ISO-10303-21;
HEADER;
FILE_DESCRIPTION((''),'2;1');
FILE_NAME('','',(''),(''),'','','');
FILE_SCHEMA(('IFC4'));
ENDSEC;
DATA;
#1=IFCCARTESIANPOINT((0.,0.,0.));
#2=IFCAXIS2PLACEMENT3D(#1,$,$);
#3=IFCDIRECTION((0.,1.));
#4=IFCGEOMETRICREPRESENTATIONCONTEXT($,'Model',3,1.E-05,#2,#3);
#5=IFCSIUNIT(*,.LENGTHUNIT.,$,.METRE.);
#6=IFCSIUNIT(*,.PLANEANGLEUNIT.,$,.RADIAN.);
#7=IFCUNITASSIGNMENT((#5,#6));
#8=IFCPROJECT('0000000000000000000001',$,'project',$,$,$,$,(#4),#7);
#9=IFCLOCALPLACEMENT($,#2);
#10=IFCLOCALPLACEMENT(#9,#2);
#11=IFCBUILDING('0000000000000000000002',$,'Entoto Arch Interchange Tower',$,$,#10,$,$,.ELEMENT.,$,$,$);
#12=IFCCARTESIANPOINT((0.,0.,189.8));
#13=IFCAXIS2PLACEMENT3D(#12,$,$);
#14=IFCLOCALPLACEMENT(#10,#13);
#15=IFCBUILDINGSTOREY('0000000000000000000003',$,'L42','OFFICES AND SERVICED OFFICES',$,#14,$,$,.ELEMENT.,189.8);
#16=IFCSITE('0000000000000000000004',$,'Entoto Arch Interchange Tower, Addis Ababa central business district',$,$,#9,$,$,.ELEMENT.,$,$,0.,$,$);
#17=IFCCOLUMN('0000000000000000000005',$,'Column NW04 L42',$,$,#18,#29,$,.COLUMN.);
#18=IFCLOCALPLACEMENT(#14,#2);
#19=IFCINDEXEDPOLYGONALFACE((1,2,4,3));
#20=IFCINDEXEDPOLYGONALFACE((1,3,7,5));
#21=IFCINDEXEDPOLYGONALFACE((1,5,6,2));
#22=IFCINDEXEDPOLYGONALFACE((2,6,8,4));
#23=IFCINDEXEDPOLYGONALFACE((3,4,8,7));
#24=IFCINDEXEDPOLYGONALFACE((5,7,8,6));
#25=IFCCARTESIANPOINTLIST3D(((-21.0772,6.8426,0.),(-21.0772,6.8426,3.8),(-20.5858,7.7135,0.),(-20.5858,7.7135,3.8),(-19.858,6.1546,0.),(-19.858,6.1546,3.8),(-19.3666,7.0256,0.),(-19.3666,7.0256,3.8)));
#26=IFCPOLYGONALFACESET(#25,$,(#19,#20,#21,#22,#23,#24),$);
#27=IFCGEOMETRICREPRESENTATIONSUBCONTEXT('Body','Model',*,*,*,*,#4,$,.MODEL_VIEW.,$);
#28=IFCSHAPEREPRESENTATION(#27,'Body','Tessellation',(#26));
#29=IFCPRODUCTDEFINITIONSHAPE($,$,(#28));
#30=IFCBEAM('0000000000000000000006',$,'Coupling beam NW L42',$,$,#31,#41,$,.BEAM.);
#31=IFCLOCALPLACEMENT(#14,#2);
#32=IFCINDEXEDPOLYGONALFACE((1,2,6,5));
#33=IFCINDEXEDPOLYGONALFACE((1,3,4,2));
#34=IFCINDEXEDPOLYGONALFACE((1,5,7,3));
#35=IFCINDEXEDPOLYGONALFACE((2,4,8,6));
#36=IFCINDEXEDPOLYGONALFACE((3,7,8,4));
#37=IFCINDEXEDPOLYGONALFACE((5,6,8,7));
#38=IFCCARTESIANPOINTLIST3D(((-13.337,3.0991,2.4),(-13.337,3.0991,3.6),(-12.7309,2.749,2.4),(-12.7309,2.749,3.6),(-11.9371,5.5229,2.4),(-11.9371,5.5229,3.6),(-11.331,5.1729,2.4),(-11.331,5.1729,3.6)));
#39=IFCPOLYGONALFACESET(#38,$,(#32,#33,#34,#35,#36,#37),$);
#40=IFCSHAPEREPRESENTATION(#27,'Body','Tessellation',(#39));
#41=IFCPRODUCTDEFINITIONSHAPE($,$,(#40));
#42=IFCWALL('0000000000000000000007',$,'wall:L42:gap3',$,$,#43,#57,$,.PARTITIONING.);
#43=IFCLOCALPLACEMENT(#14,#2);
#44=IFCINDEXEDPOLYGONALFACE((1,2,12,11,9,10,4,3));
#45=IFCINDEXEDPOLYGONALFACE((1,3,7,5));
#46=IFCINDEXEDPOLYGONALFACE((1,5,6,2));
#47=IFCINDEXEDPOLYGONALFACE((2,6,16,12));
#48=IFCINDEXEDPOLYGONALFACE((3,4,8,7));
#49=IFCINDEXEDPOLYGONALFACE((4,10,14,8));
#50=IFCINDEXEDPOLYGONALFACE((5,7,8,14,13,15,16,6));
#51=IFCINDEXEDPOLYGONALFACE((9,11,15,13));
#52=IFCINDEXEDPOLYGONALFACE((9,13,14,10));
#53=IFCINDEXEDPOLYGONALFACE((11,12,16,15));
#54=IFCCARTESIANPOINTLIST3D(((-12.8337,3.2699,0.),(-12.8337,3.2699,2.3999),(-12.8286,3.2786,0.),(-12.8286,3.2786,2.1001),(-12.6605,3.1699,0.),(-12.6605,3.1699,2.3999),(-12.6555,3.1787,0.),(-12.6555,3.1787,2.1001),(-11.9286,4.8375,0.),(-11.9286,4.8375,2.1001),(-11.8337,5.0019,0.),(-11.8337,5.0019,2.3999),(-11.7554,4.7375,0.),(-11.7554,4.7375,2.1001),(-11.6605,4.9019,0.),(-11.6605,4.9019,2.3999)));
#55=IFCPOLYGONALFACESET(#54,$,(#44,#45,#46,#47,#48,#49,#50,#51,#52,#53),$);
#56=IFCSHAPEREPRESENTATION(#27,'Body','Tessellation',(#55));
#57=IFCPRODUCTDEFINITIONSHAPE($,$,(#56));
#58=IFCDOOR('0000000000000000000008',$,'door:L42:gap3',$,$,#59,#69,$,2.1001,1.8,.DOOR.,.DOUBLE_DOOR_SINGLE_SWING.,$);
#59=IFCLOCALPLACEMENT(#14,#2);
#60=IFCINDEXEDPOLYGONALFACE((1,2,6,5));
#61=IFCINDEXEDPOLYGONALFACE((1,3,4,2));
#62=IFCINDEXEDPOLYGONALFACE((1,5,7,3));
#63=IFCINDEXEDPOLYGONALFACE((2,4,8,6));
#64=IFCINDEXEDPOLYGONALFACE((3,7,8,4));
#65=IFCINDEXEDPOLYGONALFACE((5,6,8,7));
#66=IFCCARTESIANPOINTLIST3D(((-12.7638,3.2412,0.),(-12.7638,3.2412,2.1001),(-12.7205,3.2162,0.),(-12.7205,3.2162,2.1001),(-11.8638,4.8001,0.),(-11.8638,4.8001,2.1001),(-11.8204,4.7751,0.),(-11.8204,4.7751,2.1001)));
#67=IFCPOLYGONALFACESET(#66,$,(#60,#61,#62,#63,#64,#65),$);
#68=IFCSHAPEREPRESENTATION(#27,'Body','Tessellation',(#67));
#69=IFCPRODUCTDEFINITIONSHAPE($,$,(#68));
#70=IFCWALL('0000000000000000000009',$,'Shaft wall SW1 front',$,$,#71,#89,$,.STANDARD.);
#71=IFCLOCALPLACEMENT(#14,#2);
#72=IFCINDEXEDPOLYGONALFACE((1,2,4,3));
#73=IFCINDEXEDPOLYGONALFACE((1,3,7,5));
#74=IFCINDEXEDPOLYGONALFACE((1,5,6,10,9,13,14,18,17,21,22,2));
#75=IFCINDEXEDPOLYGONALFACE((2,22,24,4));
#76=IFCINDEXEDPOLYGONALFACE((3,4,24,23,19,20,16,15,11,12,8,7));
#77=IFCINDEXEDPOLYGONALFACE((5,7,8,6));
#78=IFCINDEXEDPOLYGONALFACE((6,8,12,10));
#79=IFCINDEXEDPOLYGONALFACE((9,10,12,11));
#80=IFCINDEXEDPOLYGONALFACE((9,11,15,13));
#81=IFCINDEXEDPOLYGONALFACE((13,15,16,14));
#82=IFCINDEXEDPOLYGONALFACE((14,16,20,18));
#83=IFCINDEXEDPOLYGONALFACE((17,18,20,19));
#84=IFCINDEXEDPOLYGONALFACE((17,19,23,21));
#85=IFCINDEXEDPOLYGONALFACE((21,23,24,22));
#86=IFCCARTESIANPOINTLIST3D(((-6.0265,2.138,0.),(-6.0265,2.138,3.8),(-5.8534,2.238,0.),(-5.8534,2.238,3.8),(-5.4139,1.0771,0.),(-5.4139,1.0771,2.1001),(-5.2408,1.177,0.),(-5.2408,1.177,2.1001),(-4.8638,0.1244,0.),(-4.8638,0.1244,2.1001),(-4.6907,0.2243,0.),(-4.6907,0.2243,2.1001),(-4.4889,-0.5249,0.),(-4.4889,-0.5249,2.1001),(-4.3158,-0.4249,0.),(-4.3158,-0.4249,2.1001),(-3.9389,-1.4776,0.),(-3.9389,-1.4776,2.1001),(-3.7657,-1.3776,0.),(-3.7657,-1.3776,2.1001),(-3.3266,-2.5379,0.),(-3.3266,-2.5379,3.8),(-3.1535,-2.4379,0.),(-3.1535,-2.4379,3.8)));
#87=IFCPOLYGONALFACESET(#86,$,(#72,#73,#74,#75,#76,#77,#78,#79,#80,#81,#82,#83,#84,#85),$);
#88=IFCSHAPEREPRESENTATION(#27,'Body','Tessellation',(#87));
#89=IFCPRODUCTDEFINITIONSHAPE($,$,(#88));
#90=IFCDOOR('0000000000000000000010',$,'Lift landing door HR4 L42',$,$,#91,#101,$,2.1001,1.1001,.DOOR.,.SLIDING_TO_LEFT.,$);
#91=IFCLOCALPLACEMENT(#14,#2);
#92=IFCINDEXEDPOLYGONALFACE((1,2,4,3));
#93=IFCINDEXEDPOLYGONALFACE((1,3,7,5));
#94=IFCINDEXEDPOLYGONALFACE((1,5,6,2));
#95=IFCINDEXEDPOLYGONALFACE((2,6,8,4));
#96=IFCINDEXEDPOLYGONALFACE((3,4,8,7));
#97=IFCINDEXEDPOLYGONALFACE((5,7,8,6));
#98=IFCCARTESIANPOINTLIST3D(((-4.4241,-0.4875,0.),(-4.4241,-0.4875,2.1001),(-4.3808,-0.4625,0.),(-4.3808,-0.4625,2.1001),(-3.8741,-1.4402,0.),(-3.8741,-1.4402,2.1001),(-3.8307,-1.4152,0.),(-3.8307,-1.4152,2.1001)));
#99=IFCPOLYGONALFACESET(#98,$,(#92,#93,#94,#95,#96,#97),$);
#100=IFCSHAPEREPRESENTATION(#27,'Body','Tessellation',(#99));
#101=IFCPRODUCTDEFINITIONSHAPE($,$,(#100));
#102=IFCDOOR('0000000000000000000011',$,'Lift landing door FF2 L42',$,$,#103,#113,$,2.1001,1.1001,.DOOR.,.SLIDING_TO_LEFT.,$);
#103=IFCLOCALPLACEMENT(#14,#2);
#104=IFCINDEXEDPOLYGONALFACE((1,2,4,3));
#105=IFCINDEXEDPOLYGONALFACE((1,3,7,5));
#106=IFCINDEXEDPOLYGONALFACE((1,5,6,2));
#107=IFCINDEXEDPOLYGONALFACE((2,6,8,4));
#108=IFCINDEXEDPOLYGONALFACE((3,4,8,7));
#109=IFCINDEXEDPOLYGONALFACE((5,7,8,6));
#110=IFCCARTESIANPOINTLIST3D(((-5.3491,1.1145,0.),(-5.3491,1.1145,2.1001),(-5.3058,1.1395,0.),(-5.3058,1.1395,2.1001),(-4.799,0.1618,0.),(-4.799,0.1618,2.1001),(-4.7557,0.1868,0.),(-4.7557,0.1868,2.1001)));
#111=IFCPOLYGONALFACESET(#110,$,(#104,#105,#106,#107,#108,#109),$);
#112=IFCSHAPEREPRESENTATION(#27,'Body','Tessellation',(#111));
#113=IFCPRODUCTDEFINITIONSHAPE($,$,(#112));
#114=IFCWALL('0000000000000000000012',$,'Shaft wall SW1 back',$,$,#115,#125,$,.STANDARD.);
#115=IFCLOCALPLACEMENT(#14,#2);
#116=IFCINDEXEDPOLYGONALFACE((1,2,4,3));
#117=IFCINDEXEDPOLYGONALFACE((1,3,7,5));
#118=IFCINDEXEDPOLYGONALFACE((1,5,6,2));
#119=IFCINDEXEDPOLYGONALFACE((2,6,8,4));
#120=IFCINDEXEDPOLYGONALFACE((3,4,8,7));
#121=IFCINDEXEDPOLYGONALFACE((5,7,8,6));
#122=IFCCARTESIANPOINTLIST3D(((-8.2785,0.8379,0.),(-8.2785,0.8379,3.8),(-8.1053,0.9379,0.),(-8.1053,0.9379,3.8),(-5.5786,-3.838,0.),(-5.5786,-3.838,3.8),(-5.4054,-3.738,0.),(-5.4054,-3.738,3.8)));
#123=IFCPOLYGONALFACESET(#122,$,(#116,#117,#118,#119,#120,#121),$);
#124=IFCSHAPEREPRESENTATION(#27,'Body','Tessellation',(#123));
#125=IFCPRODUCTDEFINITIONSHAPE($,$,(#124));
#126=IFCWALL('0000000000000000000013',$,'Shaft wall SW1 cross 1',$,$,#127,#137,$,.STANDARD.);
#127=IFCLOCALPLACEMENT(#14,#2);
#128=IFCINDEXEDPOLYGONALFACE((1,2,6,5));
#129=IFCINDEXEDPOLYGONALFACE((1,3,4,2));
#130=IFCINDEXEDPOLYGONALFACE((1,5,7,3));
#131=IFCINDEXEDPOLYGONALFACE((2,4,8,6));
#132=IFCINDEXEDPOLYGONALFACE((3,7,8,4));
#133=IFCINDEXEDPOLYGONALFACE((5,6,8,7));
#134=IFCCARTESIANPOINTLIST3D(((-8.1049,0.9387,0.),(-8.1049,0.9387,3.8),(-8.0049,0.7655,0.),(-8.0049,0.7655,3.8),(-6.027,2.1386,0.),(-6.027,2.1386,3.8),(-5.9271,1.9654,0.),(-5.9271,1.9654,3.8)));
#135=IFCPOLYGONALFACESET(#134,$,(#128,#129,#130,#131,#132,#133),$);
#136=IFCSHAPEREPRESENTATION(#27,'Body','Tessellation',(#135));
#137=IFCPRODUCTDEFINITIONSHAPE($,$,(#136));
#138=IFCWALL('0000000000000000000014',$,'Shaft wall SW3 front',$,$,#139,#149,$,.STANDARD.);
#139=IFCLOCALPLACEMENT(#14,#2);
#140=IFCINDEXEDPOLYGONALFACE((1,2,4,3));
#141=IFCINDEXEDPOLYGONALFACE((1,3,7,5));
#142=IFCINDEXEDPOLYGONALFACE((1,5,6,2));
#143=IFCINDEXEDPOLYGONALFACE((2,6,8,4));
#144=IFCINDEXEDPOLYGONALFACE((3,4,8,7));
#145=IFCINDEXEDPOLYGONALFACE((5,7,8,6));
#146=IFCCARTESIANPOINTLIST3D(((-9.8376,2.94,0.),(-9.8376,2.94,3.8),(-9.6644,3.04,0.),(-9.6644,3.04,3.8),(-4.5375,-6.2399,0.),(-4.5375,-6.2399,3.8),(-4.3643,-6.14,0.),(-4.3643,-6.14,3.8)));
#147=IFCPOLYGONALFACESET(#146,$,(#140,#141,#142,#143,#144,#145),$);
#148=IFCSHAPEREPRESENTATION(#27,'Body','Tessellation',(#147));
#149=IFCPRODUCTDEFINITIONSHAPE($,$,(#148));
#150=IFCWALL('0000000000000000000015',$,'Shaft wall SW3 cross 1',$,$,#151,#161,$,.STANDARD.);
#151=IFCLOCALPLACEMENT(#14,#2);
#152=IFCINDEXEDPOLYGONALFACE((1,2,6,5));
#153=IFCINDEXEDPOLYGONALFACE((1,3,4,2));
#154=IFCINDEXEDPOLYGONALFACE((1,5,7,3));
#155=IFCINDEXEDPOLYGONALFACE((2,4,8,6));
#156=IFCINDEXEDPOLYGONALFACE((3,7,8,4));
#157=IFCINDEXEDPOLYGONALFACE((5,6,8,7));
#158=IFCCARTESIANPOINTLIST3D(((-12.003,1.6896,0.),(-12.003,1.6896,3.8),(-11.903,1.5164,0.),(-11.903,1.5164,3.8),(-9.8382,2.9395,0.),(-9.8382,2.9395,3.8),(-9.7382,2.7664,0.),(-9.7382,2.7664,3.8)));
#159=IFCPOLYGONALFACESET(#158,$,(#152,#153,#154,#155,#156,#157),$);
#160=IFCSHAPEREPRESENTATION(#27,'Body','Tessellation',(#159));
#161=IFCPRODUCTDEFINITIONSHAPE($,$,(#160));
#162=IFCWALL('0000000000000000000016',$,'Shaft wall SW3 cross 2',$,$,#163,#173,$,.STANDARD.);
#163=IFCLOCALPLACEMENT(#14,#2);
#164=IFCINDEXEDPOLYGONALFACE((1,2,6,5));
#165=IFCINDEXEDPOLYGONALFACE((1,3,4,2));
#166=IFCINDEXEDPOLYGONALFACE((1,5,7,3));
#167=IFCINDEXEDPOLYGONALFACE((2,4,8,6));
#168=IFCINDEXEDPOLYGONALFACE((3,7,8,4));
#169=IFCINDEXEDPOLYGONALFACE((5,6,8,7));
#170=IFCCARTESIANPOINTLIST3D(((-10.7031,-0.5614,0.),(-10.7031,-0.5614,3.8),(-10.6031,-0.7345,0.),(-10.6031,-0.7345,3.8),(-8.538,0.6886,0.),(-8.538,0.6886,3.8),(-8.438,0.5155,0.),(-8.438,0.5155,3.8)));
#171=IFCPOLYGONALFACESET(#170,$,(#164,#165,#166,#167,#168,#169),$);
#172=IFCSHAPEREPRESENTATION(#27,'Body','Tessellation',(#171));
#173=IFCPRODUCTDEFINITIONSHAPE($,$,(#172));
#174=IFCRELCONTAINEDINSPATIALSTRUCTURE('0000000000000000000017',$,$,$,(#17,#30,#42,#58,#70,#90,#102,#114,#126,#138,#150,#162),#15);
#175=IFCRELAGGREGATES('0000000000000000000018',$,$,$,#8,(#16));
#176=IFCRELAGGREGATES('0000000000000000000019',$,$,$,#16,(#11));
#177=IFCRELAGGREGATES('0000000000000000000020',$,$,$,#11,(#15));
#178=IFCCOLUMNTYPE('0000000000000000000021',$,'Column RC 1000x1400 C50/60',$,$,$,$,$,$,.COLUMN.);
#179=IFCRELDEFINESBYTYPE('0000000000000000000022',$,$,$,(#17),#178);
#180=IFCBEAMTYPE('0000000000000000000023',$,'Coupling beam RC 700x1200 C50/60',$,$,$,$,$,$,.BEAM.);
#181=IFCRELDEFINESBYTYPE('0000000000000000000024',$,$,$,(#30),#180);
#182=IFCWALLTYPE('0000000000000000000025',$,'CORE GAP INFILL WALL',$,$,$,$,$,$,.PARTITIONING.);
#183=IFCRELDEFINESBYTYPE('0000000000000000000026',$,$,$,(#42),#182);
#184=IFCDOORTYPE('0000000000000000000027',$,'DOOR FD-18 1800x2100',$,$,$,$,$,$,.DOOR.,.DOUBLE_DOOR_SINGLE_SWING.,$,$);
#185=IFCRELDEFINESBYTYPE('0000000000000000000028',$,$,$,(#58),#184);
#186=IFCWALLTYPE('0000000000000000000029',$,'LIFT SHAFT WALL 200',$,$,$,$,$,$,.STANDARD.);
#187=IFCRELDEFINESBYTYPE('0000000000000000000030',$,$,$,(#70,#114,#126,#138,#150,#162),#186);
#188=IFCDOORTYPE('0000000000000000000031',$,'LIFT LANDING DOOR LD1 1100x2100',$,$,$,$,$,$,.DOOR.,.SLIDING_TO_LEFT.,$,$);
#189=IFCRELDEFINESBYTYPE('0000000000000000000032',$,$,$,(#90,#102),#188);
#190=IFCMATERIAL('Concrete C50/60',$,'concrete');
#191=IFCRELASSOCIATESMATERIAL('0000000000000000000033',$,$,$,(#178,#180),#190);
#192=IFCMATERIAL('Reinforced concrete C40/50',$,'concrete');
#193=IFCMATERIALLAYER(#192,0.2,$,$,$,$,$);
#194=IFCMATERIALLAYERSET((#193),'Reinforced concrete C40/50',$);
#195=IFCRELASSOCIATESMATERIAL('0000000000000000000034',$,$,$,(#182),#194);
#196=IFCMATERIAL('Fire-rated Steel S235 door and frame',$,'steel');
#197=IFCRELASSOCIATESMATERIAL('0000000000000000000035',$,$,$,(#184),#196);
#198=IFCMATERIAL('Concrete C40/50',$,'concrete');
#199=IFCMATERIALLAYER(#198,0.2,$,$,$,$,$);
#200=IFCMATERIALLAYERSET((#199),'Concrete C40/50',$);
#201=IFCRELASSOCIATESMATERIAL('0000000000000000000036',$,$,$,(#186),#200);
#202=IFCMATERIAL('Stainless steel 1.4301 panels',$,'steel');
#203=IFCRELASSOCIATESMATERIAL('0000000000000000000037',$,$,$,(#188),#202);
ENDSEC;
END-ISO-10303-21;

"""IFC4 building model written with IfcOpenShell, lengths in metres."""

from ifc_helpers import new_model, si_unit, direction, frame, frame_2d, origin, origin_2d, place, context, subcontext, project, spatial, rectangle, extrude, material, layer, layer_set, material_profile, profile_set, type_object, element, fill, save


model = new_model("IFC4")

# Units and contexts
model_context = context("Model", 3, precision=1e-05, world=origin(), true_north=direction((0.0, 1.0)))
body_context = subcontext(model_context, "Body", "Model", "MODEL_VIEW")
ifc_project = project(units=[si_unit("LENGTHUNIT", "METRE"), si_unit("PLANEANGLEUNIT", "RADIAN")], contexts=[model_context])

# Site, building, storey
site_placement = place(None, origin())
site = spatial("IfcSite", under=ifc_project, at=site_placement, Name="Entoto Arch Interchange Tower, Addis Ababa central business district", CompositionType="ELEMENT", RefElevation=0.0)
building_placement = place(site_placement, origin())
building = spatial("IfcBuilding", under=site, at=building_placement, Name="Entoto Arch Interchange Tower", CompositionType="ELEMENT")
storey_placement = place(building_placement, frame((0.0, 0.0, 189.8)))
storey = spatial("IfcBuildingStorey", under=building, at=storey_placement, Name="L42", Description="OFFICES AND SERVICED OFFICES", CompositionType="ELEMENT", Elevation=189.8)

# Column
ifc_material_1 = material(Name="Concrete C50/60", Category="concrete")
ifc_material_profile_1 = material_profile(ifc_material_1, rectangle(XDim=1.0, YDim=1.3999, at=origin_2d()))
ifc_profile_set_1 = profile_set([ifc_material_profile_1], Name="Concrete C50/60")
column_type = type_object("IfcColumnType", Name="Column RC 1000x1400 C50/60", PredefinedType="COLUMN", material=ifc_profile_set_1)
column_placement = place(storey_placement, frame((-20.2219, 6.9341, 0.0), z_axis=(0.0, 0.0, 1.0), x_axis=(0.491436, 0.870914, 0.0)))
element("IfcColumn", 1, at=column_placement, inside=storey, type_object=column_type, Name="Column NW04 L42", PredefinedType="COLUMN", context=body_context, shape_type="SweptSolid", body=[
    extrude(rectangle(XDim=1.0, YDim=1.3999, at=origin_2d()), origin(), (0.0, 0.0, 1.0), 3.8),
])

# Beam
ifc_material_profile_2 = material_profile(ifc_material_1, rectangle(XDim=0.7, YDim=1.2, at=origin_2d()))
ifc_profile_set_2 = profile_set([ifc_material_profile_2], Name="Concrete C50/60")
beam_type = type_object("IfcBeamType", Name="Coupling beam RC 700x1200 C50/60", PredefinedType="BEAM", material=ifc_profile_set_2)
beam_placement = place(storey_placement, frame((-11.634, 5.3479, 3.0), z_axis=(-0.500135, -0.865947, 0.0), x_axis=(0.865947, -0.500135, 0.0)))
element("IfcBeam", 2, at=beam_placement, inside=storey, type_object=beam_type, Name="Coupling beam NW L42", PredefinedType="BEAM", context=body_context, shape_type="SweptSolid", body=[
    extrude(rectangle(XDim=0.7, YDim=1.2, at=origin_2d()), origin(), (0.0, 0.0, 1.0), 2.7991),
])

# Wall, opening, door
ifc_material_2 = material(Name="Reinforced concrete C40/50", Category="concrete")
ifc_layer_1 = layer(ifc_material_2, 0.2)
ifc_layer_set_1 = layer_set([ifc_layer_1], Name="Reinforced concrete C40/50")
wall_type_1 = type_object("IfcWallType", Name="CORE GAP INFILL WALL", PredefinedType="PARTITIONING", material=ifc_layer_set_1)
wall_1_placement = place(storey_placement, frame((-11.7471, 4.9519, 0.0), z_axis=(0.0, 0.0, 1.0), x_axis=(-0.500025, -0.866011, 0.0)))
wall_1 = element("IfcWall", 3, at=wall_1_placement, inside=storey, type_object=wall_type_1, Name="wall:L42:gap3", PredefinedType="PARTITIONING", context=body_context, shape_type="SweptSolid", body=[
    extrude(rectangle(XDim=2.0, YDim=0.2, at=frame_2d((1.0, 0.0))), origin(), (0.0, 0.0, 1.0), 2.3999),
])
opening_1_placement = place(wall_1_placement, frame((0.1899, 0.0, 0.0)))
opening_1 = element("IfcOpeningElement", 4, at=opening_1_placement, cuts=wall_1, PredefinedType="OPENING", context=body_context, shape_type="SweptSolid", body=[
    extrude(rectangle(XDim=1.8, YDim=2.1001, at=frame_2d((0.8999, 1.05))), frame((0.0, 0.1099, 0.0), z_axis=(0.0, -1.0, 0.0), x_axis=(1.0, 0.0, 0.0)), (0.0, 0.0, 1.0), 0.22),
])
ifc_material_3 = material(Name="Fire-rated Steel S235 door and frame", Category="steel")
door_type_1 = type_object("IfcDoorType", Name="DOOR FD-18 1800x2100", OperationType="DOUBLE_DOOR_SINGLE_SWING", PredefinedType="DOOR", material=ifc_material_3)
door_1_placement = place(opening_1_placement, origin())
door_1 = element("IfcDoor", 5, at=door_1_placement, inside=storey, type_object=door_type_1, Name="door:L42:gap3", OperationType="DOUBLE_DOOR_SINGLE_SWING", OverallHeight=2.1001, OverallWidth=1.8, PredefinedType="DOOR", context=body_context, shape_type="SweptSolid", body=[
    extrude(rectangle(XDim=1.8, YDim=2.1001, at=frame_2d((0.8999, 1.05))), frame((0.0, 0.0249, 0.0), z_axis=(0.0, -1.0, 0.0), x_axis=(1.0, 0.0, 0.0)), (0.0, 0.0, 1.0), 0.05),
])
fill(opening_1, door_1)

# Wall, openings, doors
ifc_material_4 = material(Name="Concrete C40/50", Category="concrete")
ifc_layer_2 = layer(ifc_material_4, 0.2)
ifc_layer_set_2 = layer_set([ifc_layer_2], Name="Concrete C40/50")
wall_type_2 = type_object("IfcWallType", Name="LIFT SHAFT WALL 200", PredefinedType="STANDARD", material=ifc_layer_set_2)
wall_2_placement = place(storey_placement, frame((-5.9399, 2.188, 0.0), z_axis=(0.0, 0.0, 1.0), x_axis=(0.500034, -0.866006, 0.0)))
wall_2 = element("IfcWall", 6, at=wall_2_placement, inside=storey, type_object=wall_type_2, Name="Shaft wall SW1 front", PredefinedType="STANDARD", context=body_context, shape_type="SweptSolid", body=[
    extrude(rectangle(XDim=5.3994, YDim=0.2, at=frame_2d((2.6997, 0.0))), origin(), (0.0, 0.0, 1.0), 3.8),
])
opening_2_placement = place(wall_2_placement, frame((3.075, 0.0, 0.0)))
opening_2 = element("IfcOpeningElement", 7, at=opening_2_placement, cuts=wall_2, PredefinedType="OPENING", context=body_context, shape_type="SweptSolid", body=[
    extrude(rectangle(XDim=1.1001, YDim=2.1001, at=frame_2d((0.55, 1.05))), frame((0.0, 0.1099, 0.0), z_axis=(0.0, -1.0, 0.0), x_axis=(1.0, 0.0, 0.0)), (0.0, 0.0, 1.0), 0.22),
])
opening_3_placement = place(wall_2_placement, frame((1.2251, 0.0, 0.0)))
opening_3 = element("IfcOpeningElement", 8, at=opening_3_placement, cuts=wall_2, PredefinedType="OPENING", context=body_context, shape_type="SweptSolid", body=[
    extrude(rectangle(XDim=1.1001, YDim=2.1001, at=frame_2d((0.55, 1.05))), frame((0.0, 0.1099, 0.0), z_axis=(0.0, -1.0, 0.0), x_axis=(1.0, 0.0, 0.0)), (0.0, 0.0, 1.0), 0.22),
])
ifc_material_5 = material(Name="Stainless steel 1.4301 panels", Category="steel")
door_type_2 = type_object("IfcDoorType", Name="LIFT LANDING DOOR LD1 1100x2100", OperationType="SLIDING_TO_LEFT", PredefinedType="DOOR", material=ifc_material_5)
door_2_placement = place(opening_2_placement, origin())
door_2 = element("IfcDoor", 9, at=door_2_placement, inside=storey, type_object=door_type_2, Name="Lift landing door HR4 L42", OperationType="SLIDING_TO_LEFT", OverallHeight=2.1001, OverallWidth=1.1001, PredefinedType="DOOR", context=body_context, shape_type="SweptSolid", body=[
    extrude(rectangle(XDim=1.1001, YDim=2.1001, at=frame_2d((0.55, 1.05))), frame((0.0, 0.0249, 0.0), z_axis=(0.0, -1.0, 0.0), x_axis=(1.0, 0.0, 0.0)), (0.0, 0.0, 1.0), 0.05),
])
fill(opening_2, door_2)
door_3_placement = place(opening_3_placement, origin())
door_3 = element("IfcDoor", 10, at=door_3_placement, inside=storey, type_object=door_type_2, Name="Lift landing door FF2 L42", OperationType="SLIDING_TO_LEFT", OverallHeight=2.1001, OverallWidth=1.1001, PredefinedType="DOOR", context=body_context, shape_type="SweptSolid", body=[
    extrude(rectangle(XDim=1.1001, YDim=2.1001, at=frame_2d((0.55, 1.05))), frame((0.0, 0.0249, 0.0), z_axis=(0.0, -1.0, 0.0), x_axis=(1.0, 0.0, 0.0)), (0.0, 0.0, 1.0), 0.05),
])
fill(opening_3, door_3)

# Walls
wall_3_placement = place(storey_placement, frame((-8.1919, 0.8879, 0.0), z_axis=(0.0, 0.0, 1.0), x_axis=(0.500034, -0.866006, 0.0)))
element("IfcWall", 11, at=wall_3_placement, inside=storey, type_object=wall_type_2, Name="Shaft wall SW1 back", PredefinedType="STANDARD", context=body_context, shape_type="SweptSolid", body=[
    extrude(rectangle(XDim=5.3994, YDim=0.2, at=frame_2d((2.6997, 0.0))), origin(), (0.0, 0.0, 1.0), 3.8),
])
wall_4_placement = place(storey_placement, frame((-5.9771, 2.052, 0.0), z_axis=(0.0, 0.0, 1.0), x_axis=(-0.865974, -0.500089, 0.0)))
element("IfcWall", 12, at=wall_4_placement, inside=storey, type_object=wall_type_2, Name="Shaft wall SW1 cross 1", PredefinedType="STANDARD", context=body_context, shape_type="SweptSolid", body=[
    extrude(rectangle(XDim=2.3994, YDim=0.2, at=frame_2d((1.1997, 0.0))), origin(), (0.0, 0.0, 1.0), 3.8),
])
wall_5_placement = place(storey_placement, frame((-9.751, 2.99, 0.0), z_axis=(0.0, 0.0, 1.0), x_axis=(0.500001, -0.866025, 0.0)))
element("IfcWall", 13, at=wall_5_placement, inside=storey, type_object=wall_type_2, Name="Shaft wall SW3 front", PredefinedType="STANDARD", context=body_context, shape_type="SweptSolid", body=[
    extrude(rectangle(XDim=10.6001, YDim=0.2, at=frame_2d((5.3, 0.0))), origin(), (0.0, 0.0, 1.0), 3.8),
])
wall_6_placement = place(storey_placement, frame((-9.7881, 2.853, 0.0), z_axis=(0.0, 0.0, 1.0), x_axis=(-0.865999, -0.500047, 0.0)))
element("IfcWall", 14, at=wall_6_placement, inside=storey, type_object=wall_type_2, Name="Shaft wall SW3 cross 1", PredefinedType="STANDARD", context=body_context, shape_type="SweptSolid", body=[
    extrude(rectangle(XDim=2.4998, YDim=0.2, at=frame_2d((1.25, 0.0))), origin(), (0.0, 0.0, 1.0), 3.8),
])
wall_7_placement = place(storey_placement, frame((-8.488, 0.6021, 0.0), z_axis=(0.0, 0.0, 1.0), x_axis=(-0.866023, -0.500004, 0.0)))
element("IfcWall", 15, at=wall_7_placement, inside=storey, type_object=wall_type_2, Name="Shaft wall SW3 cross 2", PredefinedType="STANDARD", context=body_context, shape_type="SweptSolid", body=[
    extrude(rectangle(XDim=2.5, YDim=0.2, at=frame_2d((1.25, 0.0))), origin(), (0.0, 0.0, 1.0), 3.8),
])

save(model, "model.ifc")
